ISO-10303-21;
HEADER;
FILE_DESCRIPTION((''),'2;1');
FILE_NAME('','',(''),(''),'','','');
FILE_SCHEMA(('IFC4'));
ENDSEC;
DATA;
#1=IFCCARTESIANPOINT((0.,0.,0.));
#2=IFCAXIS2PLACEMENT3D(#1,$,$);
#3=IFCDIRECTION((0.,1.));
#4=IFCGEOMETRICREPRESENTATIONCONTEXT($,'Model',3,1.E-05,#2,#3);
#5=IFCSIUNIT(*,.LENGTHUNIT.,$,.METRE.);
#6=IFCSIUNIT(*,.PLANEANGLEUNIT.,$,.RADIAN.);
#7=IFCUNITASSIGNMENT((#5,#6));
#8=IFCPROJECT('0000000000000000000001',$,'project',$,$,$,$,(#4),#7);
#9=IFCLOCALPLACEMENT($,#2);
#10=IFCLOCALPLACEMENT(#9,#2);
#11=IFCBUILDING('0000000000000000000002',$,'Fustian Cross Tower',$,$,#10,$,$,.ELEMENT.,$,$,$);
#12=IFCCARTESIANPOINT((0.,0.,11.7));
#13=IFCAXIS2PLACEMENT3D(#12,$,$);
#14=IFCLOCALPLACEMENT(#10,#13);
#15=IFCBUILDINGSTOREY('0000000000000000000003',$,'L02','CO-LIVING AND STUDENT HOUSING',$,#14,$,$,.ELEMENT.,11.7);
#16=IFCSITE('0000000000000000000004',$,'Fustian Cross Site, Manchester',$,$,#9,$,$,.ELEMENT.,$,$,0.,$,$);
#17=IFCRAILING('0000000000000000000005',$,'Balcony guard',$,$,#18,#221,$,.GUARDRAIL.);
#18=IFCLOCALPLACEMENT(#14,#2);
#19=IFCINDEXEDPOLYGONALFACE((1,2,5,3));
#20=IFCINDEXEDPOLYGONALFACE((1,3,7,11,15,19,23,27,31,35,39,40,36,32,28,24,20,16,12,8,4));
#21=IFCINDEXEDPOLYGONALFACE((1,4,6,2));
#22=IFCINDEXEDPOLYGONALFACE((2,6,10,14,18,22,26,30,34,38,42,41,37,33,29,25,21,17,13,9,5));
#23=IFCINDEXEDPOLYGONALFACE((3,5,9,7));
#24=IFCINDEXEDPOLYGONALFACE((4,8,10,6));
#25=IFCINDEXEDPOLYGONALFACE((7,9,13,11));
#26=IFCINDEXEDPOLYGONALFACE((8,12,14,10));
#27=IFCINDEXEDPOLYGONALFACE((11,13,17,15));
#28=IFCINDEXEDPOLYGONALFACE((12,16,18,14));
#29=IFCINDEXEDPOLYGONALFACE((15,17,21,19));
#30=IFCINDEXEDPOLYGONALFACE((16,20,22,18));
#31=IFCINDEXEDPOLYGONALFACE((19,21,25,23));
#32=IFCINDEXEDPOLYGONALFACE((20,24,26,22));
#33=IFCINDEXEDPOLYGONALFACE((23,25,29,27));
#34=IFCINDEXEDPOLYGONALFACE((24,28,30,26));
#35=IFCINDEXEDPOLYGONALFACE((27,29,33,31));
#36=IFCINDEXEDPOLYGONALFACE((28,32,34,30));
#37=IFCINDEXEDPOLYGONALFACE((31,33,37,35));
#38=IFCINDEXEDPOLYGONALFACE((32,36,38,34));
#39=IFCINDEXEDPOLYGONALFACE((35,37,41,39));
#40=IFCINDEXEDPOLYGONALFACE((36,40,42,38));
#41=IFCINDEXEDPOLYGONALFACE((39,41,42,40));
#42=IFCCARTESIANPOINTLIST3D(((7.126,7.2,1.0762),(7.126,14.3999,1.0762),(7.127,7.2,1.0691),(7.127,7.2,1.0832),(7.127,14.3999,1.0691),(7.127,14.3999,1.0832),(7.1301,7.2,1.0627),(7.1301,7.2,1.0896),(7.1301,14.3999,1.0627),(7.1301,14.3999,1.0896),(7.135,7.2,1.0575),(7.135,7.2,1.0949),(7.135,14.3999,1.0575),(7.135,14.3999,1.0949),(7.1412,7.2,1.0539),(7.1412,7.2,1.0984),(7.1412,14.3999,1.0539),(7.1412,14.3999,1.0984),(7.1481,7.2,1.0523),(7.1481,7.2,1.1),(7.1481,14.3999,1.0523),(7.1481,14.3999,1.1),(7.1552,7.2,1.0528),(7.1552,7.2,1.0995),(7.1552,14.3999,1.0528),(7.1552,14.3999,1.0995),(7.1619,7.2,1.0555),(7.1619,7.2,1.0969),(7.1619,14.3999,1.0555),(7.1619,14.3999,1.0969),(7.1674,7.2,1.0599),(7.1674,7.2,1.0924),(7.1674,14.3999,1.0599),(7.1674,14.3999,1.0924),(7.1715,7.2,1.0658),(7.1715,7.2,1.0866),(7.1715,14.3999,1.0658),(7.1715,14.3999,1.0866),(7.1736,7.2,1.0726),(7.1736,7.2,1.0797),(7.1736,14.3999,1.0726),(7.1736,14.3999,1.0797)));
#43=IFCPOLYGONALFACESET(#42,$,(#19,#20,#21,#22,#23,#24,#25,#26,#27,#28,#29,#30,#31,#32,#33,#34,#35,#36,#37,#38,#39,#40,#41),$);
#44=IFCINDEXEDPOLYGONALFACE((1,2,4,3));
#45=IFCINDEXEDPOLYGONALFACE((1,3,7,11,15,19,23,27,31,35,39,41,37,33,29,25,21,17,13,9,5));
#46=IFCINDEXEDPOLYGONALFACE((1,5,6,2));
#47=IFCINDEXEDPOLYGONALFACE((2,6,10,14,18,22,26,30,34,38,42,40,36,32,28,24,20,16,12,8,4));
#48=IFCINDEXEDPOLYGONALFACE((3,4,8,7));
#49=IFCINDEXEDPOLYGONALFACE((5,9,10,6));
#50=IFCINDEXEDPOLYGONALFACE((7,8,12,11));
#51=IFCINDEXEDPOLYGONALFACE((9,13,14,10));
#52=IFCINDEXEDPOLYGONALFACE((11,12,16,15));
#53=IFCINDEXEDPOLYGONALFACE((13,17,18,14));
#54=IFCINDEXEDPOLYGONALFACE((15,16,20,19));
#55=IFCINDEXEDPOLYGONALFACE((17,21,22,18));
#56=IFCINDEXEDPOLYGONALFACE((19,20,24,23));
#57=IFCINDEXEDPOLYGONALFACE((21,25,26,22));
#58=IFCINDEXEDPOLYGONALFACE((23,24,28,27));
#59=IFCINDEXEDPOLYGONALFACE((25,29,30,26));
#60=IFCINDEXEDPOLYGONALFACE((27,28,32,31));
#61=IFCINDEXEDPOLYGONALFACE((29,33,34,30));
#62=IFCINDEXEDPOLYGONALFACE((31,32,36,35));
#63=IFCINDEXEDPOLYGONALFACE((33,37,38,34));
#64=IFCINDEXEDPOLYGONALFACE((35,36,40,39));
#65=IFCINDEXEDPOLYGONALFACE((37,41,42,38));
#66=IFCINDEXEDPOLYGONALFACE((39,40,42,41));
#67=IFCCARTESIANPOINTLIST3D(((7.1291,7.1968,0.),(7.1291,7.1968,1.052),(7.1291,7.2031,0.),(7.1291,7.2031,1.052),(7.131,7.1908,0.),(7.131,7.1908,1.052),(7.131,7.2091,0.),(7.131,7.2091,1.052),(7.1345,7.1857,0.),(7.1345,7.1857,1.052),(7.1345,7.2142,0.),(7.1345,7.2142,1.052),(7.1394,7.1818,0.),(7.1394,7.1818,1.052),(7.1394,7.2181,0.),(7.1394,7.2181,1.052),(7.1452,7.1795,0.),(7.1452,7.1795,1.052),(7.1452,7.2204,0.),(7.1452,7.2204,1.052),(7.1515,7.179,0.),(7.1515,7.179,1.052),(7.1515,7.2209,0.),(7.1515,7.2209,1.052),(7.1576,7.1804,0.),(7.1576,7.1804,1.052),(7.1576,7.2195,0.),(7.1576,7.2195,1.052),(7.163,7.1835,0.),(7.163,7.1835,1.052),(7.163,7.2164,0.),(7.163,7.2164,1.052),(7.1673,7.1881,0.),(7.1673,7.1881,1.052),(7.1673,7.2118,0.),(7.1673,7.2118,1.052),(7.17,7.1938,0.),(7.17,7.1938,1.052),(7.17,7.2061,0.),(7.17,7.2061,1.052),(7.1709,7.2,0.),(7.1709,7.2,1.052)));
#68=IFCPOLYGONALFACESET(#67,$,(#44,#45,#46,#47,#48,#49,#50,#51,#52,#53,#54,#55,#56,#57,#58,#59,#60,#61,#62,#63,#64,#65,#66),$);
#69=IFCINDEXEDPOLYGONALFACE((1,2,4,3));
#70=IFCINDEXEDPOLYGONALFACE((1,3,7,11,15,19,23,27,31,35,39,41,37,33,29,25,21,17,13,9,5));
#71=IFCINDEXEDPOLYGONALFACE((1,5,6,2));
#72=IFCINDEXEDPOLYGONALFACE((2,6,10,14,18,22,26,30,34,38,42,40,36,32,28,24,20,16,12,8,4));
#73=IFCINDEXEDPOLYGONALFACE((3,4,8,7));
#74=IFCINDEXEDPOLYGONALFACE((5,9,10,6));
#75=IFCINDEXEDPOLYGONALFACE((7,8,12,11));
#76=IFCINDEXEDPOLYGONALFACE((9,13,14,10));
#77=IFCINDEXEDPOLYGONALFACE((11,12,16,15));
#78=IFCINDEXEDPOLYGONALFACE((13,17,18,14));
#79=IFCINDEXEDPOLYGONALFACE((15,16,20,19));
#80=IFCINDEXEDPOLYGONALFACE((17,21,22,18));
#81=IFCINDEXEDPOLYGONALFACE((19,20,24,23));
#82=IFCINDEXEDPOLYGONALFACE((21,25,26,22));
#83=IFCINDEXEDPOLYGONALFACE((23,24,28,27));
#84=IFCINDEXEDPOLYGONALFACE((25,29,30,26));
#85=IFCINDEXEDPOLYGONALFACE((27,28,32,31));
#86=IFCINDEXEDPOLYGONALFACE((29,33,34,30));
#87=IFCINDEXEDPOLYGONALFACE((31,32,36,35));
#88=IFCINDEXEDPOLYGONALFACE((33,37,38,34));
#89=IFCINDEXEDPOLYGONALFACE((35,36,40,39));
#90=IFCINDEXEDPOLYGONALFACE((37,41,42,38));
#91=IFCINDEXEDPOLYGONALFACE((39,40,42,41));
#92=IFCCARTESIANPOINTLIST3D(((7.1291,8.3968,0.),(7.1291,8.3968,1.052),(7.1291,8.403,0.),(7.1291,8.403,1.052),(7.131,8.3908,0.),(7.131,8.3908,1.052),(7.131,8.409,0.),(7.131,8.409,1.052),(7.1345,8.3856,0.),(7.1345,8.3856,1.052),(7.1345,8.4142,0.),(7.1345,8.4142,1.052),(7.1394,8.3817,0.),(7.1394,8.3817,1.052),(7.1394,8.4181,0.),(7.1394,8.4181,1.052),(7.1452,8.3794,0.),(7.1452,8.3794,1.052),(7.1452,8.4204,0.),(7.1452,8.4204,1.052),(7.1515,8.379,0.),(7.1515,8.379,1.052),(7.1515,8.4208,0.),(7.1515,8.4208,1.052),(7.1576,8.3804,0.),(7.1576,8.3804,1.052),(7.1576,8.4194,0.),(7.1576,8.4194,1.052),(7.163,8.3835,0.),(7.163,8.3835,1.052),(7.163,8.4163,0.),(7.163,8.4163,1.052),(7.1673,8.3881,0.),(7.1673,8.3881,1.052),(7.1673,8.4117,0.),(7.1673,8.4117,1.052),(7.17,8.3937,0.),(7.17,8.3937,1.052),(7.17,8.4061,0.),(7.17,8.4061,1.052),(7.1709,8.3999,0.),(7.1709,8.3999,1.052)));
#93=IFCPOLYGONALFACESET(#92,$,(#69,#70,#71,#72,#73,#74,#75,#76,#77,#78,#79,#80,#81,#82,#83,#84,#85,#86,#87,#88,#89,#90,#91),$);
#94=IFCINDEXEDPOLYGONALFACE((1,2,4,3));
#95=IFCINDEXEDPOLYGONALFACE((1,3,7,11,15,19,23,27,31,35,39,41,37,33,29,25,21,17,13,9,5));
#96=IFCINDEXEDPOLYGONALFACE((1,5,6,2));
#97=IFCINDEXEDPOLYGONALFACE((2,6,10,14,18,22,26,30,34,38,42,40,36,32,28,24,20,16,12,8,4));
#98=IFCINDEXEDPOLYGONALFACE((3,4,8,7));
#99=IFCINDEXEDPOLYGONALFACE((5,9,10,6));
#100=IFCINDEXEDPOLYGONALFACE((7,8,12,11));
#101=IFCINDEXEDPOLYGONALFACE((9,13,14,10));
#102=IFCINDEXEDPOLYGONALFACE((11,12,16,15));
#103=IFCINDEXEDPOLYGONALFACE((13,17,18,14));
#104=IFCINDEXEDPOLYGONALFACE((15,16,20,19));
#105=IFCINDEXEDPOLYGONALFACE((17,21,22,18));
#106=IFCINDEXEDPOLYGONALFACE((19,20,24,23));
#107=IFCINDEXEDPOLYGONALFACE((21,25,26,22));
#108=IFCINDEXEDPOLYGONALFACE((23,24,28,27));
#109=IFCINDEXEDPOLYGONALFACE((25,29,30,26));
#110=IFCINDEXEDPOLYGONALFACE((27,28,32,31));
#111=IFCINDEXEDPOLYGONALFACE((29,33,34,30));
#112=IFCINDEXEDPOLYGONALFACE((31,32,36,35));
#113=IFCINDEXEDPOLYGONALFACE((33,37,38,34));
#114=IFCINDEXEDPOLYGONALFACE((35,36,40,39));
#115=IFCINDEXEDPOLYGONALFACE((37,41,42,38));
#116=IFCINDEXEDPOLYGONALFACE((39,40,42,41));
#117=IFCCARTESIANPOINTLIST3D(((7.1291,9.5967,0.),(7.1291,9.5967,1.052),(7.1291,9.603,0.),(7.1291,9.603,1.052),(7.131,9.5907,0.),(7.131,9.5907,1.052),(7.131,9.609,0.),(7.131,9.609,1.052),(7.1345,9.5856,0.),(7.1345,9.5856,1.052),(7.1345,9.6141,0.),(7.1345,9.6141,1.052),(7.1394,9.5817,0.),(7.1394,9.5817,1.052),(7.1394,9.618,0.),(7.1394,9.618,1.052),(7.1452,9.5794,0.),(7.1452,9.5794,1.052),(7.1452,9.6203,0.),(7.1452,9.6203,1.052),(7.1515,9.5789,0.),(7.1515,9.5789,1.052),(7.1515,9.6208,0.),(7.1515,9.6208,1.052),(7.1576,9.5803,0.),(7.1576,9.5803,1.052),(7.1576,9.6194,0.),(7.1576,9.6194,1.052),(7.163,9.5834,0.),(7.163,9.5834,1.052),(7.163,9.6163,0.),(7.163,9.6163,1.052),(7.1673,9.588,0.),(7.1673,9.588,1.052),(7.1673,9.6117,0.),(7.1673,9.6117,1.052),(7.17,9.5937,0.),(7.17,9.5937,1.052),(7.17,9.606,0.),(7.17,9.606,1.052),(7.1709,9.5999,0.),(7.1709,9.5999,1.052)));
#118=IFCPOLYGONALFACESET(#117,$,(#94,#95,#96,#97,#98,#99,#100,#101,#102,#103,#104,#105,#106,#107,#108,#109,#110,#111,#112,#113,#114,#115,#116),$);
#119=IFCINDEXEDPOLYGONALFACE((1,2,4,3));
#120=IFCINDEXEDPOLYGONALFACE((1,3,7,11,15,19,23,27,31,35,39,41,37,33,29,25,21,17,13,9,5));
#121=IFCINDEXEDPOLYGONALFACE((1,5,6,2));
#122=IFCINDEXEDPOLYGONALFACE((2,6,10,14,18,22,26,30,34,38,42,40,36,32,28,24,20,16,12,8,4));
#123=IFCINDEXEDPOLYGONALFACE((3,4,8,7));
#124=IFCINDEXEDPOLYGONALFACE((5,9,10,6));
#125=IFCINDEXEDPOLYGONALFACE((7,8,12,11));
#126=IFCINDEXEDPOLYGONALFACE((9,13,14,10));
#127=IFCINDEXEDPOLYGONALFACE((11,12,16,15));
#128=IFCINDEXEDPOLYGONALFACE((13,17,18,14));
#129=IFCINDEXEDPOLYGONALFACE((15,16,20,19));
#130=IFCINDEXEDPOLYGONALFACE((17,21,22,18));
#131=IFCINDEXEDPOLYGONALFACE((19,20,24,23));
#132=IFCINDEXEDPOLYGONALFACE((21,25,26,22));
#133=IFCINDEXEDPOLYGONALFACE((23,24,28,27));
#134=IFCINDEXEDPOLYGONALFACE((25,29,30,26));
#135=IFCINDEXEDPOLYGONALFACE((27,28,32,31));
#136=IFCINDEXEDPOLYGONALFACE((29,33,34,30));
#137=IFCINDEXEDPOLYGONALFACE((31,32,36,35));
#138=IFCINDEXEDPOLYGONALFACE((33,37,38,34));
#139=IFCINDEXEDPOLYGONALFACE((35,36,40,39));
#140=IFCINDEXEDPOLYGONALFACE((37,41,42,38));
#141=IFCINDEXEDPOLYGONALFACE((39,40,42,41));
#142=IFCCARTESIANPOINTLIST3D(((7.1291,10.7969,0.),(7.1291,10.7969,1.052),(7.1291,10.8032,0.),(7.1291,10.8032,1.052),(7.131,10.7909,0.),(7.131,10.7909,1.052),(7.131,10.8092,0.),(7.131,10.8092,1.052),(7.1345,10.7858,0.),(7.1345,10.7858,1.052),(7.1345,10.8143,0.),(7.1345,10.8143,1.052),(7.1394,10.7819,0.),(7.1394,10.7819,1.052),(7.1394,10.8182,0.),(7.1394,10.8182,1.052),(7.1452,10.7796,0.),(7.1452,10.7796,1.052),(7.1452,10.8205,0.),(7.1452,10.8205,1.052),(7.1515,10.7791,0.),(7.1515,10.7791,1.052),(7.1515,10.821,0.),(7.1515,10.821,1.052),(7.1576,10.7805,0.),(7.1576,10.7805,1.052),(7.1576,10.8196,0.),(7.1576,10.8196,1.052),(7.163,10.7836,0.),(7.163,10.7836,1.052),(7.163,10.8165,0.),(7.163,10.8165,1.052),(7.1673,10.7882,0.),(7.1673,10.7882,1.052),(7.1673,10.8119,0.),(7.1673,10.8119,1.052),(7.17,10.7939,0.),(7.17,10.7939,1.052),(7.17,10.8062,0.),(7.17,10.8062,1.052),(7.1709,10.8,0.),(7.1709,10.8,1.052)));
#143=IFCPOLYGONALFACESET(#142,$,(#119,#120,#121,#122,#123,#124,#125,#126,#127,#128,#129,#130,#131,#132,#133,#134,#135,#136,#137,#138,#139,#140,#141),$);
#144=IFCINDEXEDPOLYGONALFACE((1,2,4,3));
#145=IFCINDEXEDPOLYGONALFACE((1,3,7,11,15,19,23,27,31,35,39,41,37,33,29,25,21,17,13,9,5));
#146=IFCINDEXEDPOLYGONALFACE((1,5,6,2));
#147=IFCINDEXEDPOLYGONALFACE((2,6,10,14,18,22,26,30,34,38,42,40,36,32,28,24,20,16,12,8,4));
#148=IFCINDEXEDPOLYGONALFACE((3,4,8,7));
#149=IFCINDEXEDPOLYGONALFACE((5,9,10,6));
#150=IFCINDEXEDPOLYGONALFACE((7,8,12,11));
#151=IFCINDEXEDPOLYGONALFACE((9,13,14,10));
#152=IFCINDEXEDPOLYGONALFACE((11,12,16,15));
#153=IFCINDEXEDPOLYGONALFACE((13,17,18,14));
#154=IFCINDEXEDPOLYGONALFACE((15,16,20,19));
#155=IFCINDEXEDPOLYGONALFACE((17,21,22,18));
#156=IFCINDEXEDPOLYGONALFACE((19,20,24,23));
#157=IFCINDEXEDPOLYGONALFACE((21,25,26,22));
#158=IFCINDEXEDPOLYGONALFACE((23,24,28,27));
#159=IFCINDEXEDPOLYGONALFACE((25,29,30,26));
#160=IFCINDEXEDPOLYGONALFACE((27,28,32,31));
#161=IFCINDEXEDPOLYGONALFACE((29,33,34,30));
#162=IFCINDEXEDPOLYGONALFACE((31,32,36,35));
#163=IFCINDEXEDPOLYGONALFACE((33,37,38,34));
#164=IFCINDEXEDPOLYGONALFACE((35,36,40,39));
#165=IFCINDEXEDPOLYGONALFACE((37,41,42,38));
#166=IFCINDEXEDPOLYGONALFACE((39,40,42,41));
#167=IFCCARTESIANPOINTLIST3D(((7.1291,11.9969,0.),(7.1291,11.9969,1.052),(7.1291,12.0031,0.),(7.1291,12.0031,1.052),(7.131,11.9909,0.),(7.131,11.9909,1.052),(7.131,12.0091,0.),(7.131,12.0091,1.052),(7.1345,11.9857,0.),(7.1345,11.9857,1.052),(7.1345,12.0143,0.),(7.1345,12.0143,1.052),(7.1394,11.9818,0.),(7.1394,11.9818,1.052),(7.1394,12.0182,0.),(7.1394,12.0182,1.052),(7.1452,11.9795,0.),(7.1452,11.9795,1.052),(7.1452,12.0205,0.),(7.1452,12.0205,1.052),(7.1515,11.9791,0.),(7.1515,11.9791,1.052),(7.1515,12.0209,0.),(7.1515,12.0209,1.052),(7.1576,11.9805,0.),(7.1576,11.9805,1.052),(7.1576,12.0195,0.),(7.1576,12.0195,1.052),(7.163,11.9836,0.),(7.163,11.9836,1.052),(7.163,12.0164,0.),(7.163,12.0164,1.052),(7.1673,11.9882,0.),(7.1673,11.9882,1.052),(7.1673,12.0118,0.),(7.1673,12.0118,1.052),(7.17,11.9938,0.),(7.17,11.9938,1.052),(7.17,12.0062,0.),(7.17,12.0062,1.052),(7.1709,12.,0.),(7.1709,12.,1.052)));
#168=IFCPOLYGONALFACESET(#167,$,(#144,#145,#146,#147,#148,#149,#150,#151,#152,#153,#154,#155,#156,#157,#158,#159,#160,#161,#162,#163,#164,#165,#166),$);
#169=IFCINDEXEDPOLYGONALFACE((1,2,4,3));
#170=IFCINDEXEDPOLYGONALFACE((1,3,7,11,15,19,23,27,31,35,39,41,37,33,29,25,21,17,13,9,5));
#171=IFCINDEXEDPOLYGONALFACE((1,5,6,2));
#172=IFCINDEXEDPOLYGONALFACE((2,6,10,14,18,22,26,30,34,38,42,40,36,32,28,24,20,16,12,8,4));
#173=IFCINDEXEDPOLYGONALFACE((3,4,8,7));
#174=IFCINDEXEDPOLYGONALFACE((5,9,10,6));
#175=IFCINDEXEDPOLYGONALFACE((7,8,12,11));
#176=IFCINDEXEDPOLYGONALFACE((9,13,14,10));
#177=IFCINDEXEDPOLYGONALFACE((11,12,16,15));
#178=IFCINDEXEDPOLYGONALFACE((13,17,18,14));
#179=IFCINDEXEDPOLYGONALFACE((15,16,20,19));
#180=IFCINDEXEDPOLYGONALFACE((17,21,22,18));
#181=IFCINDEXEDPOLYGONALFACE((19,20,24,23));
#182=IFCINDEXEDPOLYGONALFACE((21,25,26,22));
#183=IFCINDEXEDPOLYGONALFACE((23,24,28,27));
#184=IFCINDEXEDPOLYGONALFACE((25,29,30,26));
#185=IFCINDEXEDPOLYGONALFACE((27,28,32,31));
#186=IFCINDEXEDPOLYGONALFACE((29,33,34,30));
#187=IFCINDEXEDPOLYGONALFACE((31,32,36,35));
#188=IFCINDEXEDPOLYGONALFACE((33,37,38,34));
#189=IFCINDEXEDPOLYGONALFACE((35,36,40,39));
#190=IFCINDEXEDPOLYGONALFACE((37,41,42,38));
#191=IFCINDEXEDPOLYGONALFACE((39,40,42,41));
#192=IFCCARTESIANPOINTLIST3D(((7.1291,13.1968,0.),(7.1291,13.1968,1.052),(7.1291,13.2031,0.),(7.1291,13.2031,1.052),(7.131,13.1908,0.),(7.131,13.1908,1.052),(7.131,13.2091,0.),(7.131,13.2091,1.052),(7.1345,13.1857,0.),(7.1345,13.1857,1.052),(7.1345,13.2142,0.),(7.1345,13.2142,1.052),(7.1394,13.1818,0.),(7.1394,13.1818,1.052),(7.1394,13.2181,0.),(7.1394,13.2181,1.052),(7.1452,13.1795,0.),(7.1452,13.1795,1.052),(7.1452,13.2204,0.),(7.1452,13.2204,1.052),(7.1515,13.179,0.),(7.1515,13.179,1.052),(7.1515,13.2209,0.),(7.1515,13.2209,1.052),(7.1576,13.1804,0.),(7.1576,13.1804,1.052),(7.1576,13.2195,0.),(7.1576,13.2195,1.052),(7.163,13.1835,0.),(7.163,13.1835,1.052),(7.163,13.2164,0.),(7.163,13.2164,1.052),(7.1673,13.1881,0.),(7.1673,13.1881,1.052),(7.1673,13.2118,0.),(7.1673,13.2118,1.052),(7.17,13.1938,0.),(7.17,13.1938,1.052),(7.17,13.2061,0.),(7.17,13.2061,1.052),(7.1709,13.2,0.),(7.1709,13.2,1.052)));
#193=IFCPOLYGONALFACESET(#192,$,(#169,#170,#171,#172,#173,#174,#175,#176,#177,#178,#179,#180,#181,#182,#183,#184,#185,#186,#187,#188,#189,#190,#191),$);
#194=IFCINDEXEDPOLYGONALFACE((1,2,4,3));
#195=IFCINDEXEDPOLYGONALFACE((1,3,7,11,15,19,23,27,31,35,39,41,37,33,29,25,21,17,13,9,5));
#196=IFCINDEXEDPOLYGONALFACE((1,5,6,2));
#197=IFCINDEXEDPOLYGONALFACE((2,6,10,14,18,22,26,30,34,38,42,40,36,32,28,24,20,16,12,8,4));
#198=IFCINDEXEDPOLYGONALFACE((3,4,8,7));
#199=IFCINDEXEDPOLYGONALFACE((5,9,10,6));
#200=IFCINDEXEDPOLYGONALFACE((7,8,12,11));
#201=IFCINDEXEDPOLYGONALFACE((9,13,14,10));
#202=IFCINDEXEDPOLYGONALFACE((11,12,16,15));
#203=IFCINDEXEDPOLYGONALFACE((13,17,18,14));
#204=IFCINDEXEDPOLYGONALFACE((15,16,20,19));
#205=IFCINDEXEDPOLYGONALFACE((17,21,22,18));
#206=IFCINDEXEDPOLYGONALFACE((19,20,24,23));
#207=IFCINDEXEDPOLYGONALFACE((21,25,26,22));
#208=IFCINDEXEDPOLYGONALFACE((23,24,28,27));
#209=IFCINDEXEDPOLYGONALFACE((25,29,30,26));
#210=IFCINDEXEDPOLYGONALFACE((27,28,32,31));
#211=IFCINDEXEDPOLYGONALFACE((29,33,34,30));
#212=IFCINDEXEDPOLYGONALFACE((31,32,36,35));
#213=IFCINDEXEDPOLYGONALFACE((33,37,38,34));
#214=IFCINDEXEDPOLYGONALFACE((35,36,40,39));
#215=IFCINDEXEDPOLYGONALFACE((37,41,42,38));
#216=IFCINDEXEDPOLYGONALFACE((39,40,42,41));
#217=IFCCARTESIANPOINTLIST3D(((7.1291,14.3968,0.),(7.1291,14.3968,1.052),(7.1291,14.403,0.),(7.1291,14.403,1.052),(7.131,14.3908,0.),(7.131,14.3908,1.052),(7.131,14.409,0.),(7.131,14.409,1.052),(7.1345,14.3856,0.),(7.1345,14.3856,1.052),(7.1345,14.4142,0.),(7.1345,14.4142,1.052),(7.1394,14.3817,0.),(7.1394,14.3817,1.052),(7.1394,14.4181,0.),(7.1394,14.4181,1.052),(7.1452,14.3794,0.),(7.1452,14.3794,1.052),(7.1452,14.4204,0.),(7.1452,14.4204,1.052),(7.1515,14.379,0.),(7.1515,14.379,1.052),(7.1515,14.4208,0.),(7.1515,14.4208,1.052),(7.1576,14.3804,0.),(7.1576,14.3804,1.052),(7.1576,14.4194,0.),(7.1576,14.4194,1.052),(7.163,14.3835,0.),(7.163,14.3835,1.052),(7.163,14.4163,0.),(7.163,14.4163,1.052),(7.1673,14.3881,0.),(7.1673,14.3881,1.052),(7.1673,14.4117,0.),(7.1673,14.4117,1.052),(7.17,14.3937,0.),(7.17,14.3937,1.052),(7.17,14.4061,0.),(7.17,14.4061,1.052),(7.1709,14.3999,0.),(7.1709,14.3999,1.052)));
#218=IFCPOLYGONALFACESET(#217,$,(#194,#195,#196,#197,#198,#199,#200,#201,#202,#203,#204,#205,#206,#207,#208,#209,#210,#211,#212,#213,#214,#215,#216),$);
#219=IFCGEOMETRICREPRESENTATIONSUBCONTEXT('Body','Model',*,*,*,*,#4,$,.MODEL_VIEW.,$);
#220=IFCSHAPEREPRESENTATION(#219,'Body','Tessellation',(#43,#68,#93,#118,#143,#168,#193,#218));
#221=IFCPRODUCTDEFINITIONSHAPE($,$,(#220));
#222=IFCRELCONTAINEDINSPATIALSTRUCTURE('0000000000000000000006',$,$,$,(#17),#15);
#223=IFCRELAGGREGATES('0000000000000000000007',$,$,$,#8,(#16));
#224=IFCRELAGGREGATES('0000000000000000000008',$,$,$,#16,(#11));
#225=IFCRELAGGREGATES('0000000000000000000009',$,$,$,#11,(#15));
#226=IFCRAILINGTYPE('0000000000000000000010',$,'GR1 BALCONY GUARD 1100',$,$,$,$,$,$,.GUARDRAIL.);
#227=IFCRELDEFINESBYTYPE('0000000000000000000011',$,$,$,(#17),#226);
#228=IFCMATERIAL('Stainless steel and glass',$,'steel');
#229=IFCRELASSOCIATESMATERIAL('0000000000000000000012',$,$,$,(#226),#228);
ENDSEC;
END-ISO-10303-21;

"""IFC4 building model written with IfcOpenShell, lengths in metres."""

from ifc_helpers import new_model, si_unit, direction, frame, origin, origin_2d, place, context, subcontext, project, spatial, circle, extrude, material, type_object, element, save


model = new_model("IFC4")

# Units and contexts
model_context = context("Model", 3, precision=1e-05, world=origin(), true_north=direction((0.0, 1.0)))
body_context = subcontext(model_context, "Body", "Model", "MODEL_VIEW")
ifc_project = project(units=[si_unit("LENGTHUNIT", "METRE"), si_unit("PLANEANGLEUNIT", "RADIAN")], contexts=[model_context])

# Site, building, storey
site_placement = place(None, origin())
site = spatial("IfcSite", under=ifc_project, at=site_placement, Name="Fustian Cross Site, Manchester", CompositionType="ELEMENT", RefElevation=0.0)
building_placement = place(site_placement, origin())
building = spatial("IfcBuilding", under=site, at=building_placement, Name="Fustian Cross Tower", CompositionType="ELEMENT")
storey_placement = place(building_placement, frame((0.0, 0.0, 11.7)))
storey = spatial("IfcBuildingStorey", under=building, at=storey_placement, Name="L02", Description="CO-LIVING AND STUDENT HOUSING", CompositionType="ELEMENT", Elevation=11.7)

# Railing
ifc_material_1 = material(Name="Stainless steel and glass", Category="steel")
railing_type_1 = type_object("IfcRailingType", Name="GR1 BALCONY GUARD 1100", PredefinedType="GUARDRAIL", material=ifc_material_1)
railing_1_placement = place(storey_placement, frame((7.1499, 7.2, 0.0)))
element("IfcRailing", 1, at=railing_1_placement, inside=storey, type_object=railing_type_1, Name="Balcony guard", PredefinedType="GUARDRAIL", context=body_context, shape_type="SweptSolid", body=[
    extrude(circle(Radius=0.0239, at=origin_2d()), frame((0.0, 0.0, 1.0762), z_axis=(0.0, 1.0, 0.0), x_axis=(-1.0, 0.0, 0.0)), (0.0, 0.0, 1.0), 7.2),
    extrude(circle(Radius=0.021, at=origin_2d()), origin(), (0.0, 0.0, 1.0), 1.052),
    extrude(circle(Radius=0.021, at=origin_2d()), frame((0.0, 1.2, 0.0)), (0.0, 0.0, 1.0), 1.052),
    extrude(circle(Radius=0.021, at=origin_2d()), frame((0.0, 2.3999, 0.0)), (0.0, 0.0, 1.0), 1.052),
    extrude(circle(Radius=0.021, at=origin_2d()), frame((0.0, 3.6001, 0.0)), (0.0, 0.0, 1.0), 1.052),
    extrude(circle(Radius=0.021, at=origin_2d()), frame((0.0, 4.8, 0.0)), (0.0, 0.0, 1.0), 1.052),
    extrude(circle(Radius=0.021, at=origin_2d()), frame((0.0, 6.0, 0.0)), (0.0, 0.0, 1.0), 1.052),
    extrude(circle(Radius=0.021, at=origin_2d()), frame((0.0, 7.2, 0.0)), (0.0, 0.0, 1.0), 1.052),
])

save(model, "model.ifc")
